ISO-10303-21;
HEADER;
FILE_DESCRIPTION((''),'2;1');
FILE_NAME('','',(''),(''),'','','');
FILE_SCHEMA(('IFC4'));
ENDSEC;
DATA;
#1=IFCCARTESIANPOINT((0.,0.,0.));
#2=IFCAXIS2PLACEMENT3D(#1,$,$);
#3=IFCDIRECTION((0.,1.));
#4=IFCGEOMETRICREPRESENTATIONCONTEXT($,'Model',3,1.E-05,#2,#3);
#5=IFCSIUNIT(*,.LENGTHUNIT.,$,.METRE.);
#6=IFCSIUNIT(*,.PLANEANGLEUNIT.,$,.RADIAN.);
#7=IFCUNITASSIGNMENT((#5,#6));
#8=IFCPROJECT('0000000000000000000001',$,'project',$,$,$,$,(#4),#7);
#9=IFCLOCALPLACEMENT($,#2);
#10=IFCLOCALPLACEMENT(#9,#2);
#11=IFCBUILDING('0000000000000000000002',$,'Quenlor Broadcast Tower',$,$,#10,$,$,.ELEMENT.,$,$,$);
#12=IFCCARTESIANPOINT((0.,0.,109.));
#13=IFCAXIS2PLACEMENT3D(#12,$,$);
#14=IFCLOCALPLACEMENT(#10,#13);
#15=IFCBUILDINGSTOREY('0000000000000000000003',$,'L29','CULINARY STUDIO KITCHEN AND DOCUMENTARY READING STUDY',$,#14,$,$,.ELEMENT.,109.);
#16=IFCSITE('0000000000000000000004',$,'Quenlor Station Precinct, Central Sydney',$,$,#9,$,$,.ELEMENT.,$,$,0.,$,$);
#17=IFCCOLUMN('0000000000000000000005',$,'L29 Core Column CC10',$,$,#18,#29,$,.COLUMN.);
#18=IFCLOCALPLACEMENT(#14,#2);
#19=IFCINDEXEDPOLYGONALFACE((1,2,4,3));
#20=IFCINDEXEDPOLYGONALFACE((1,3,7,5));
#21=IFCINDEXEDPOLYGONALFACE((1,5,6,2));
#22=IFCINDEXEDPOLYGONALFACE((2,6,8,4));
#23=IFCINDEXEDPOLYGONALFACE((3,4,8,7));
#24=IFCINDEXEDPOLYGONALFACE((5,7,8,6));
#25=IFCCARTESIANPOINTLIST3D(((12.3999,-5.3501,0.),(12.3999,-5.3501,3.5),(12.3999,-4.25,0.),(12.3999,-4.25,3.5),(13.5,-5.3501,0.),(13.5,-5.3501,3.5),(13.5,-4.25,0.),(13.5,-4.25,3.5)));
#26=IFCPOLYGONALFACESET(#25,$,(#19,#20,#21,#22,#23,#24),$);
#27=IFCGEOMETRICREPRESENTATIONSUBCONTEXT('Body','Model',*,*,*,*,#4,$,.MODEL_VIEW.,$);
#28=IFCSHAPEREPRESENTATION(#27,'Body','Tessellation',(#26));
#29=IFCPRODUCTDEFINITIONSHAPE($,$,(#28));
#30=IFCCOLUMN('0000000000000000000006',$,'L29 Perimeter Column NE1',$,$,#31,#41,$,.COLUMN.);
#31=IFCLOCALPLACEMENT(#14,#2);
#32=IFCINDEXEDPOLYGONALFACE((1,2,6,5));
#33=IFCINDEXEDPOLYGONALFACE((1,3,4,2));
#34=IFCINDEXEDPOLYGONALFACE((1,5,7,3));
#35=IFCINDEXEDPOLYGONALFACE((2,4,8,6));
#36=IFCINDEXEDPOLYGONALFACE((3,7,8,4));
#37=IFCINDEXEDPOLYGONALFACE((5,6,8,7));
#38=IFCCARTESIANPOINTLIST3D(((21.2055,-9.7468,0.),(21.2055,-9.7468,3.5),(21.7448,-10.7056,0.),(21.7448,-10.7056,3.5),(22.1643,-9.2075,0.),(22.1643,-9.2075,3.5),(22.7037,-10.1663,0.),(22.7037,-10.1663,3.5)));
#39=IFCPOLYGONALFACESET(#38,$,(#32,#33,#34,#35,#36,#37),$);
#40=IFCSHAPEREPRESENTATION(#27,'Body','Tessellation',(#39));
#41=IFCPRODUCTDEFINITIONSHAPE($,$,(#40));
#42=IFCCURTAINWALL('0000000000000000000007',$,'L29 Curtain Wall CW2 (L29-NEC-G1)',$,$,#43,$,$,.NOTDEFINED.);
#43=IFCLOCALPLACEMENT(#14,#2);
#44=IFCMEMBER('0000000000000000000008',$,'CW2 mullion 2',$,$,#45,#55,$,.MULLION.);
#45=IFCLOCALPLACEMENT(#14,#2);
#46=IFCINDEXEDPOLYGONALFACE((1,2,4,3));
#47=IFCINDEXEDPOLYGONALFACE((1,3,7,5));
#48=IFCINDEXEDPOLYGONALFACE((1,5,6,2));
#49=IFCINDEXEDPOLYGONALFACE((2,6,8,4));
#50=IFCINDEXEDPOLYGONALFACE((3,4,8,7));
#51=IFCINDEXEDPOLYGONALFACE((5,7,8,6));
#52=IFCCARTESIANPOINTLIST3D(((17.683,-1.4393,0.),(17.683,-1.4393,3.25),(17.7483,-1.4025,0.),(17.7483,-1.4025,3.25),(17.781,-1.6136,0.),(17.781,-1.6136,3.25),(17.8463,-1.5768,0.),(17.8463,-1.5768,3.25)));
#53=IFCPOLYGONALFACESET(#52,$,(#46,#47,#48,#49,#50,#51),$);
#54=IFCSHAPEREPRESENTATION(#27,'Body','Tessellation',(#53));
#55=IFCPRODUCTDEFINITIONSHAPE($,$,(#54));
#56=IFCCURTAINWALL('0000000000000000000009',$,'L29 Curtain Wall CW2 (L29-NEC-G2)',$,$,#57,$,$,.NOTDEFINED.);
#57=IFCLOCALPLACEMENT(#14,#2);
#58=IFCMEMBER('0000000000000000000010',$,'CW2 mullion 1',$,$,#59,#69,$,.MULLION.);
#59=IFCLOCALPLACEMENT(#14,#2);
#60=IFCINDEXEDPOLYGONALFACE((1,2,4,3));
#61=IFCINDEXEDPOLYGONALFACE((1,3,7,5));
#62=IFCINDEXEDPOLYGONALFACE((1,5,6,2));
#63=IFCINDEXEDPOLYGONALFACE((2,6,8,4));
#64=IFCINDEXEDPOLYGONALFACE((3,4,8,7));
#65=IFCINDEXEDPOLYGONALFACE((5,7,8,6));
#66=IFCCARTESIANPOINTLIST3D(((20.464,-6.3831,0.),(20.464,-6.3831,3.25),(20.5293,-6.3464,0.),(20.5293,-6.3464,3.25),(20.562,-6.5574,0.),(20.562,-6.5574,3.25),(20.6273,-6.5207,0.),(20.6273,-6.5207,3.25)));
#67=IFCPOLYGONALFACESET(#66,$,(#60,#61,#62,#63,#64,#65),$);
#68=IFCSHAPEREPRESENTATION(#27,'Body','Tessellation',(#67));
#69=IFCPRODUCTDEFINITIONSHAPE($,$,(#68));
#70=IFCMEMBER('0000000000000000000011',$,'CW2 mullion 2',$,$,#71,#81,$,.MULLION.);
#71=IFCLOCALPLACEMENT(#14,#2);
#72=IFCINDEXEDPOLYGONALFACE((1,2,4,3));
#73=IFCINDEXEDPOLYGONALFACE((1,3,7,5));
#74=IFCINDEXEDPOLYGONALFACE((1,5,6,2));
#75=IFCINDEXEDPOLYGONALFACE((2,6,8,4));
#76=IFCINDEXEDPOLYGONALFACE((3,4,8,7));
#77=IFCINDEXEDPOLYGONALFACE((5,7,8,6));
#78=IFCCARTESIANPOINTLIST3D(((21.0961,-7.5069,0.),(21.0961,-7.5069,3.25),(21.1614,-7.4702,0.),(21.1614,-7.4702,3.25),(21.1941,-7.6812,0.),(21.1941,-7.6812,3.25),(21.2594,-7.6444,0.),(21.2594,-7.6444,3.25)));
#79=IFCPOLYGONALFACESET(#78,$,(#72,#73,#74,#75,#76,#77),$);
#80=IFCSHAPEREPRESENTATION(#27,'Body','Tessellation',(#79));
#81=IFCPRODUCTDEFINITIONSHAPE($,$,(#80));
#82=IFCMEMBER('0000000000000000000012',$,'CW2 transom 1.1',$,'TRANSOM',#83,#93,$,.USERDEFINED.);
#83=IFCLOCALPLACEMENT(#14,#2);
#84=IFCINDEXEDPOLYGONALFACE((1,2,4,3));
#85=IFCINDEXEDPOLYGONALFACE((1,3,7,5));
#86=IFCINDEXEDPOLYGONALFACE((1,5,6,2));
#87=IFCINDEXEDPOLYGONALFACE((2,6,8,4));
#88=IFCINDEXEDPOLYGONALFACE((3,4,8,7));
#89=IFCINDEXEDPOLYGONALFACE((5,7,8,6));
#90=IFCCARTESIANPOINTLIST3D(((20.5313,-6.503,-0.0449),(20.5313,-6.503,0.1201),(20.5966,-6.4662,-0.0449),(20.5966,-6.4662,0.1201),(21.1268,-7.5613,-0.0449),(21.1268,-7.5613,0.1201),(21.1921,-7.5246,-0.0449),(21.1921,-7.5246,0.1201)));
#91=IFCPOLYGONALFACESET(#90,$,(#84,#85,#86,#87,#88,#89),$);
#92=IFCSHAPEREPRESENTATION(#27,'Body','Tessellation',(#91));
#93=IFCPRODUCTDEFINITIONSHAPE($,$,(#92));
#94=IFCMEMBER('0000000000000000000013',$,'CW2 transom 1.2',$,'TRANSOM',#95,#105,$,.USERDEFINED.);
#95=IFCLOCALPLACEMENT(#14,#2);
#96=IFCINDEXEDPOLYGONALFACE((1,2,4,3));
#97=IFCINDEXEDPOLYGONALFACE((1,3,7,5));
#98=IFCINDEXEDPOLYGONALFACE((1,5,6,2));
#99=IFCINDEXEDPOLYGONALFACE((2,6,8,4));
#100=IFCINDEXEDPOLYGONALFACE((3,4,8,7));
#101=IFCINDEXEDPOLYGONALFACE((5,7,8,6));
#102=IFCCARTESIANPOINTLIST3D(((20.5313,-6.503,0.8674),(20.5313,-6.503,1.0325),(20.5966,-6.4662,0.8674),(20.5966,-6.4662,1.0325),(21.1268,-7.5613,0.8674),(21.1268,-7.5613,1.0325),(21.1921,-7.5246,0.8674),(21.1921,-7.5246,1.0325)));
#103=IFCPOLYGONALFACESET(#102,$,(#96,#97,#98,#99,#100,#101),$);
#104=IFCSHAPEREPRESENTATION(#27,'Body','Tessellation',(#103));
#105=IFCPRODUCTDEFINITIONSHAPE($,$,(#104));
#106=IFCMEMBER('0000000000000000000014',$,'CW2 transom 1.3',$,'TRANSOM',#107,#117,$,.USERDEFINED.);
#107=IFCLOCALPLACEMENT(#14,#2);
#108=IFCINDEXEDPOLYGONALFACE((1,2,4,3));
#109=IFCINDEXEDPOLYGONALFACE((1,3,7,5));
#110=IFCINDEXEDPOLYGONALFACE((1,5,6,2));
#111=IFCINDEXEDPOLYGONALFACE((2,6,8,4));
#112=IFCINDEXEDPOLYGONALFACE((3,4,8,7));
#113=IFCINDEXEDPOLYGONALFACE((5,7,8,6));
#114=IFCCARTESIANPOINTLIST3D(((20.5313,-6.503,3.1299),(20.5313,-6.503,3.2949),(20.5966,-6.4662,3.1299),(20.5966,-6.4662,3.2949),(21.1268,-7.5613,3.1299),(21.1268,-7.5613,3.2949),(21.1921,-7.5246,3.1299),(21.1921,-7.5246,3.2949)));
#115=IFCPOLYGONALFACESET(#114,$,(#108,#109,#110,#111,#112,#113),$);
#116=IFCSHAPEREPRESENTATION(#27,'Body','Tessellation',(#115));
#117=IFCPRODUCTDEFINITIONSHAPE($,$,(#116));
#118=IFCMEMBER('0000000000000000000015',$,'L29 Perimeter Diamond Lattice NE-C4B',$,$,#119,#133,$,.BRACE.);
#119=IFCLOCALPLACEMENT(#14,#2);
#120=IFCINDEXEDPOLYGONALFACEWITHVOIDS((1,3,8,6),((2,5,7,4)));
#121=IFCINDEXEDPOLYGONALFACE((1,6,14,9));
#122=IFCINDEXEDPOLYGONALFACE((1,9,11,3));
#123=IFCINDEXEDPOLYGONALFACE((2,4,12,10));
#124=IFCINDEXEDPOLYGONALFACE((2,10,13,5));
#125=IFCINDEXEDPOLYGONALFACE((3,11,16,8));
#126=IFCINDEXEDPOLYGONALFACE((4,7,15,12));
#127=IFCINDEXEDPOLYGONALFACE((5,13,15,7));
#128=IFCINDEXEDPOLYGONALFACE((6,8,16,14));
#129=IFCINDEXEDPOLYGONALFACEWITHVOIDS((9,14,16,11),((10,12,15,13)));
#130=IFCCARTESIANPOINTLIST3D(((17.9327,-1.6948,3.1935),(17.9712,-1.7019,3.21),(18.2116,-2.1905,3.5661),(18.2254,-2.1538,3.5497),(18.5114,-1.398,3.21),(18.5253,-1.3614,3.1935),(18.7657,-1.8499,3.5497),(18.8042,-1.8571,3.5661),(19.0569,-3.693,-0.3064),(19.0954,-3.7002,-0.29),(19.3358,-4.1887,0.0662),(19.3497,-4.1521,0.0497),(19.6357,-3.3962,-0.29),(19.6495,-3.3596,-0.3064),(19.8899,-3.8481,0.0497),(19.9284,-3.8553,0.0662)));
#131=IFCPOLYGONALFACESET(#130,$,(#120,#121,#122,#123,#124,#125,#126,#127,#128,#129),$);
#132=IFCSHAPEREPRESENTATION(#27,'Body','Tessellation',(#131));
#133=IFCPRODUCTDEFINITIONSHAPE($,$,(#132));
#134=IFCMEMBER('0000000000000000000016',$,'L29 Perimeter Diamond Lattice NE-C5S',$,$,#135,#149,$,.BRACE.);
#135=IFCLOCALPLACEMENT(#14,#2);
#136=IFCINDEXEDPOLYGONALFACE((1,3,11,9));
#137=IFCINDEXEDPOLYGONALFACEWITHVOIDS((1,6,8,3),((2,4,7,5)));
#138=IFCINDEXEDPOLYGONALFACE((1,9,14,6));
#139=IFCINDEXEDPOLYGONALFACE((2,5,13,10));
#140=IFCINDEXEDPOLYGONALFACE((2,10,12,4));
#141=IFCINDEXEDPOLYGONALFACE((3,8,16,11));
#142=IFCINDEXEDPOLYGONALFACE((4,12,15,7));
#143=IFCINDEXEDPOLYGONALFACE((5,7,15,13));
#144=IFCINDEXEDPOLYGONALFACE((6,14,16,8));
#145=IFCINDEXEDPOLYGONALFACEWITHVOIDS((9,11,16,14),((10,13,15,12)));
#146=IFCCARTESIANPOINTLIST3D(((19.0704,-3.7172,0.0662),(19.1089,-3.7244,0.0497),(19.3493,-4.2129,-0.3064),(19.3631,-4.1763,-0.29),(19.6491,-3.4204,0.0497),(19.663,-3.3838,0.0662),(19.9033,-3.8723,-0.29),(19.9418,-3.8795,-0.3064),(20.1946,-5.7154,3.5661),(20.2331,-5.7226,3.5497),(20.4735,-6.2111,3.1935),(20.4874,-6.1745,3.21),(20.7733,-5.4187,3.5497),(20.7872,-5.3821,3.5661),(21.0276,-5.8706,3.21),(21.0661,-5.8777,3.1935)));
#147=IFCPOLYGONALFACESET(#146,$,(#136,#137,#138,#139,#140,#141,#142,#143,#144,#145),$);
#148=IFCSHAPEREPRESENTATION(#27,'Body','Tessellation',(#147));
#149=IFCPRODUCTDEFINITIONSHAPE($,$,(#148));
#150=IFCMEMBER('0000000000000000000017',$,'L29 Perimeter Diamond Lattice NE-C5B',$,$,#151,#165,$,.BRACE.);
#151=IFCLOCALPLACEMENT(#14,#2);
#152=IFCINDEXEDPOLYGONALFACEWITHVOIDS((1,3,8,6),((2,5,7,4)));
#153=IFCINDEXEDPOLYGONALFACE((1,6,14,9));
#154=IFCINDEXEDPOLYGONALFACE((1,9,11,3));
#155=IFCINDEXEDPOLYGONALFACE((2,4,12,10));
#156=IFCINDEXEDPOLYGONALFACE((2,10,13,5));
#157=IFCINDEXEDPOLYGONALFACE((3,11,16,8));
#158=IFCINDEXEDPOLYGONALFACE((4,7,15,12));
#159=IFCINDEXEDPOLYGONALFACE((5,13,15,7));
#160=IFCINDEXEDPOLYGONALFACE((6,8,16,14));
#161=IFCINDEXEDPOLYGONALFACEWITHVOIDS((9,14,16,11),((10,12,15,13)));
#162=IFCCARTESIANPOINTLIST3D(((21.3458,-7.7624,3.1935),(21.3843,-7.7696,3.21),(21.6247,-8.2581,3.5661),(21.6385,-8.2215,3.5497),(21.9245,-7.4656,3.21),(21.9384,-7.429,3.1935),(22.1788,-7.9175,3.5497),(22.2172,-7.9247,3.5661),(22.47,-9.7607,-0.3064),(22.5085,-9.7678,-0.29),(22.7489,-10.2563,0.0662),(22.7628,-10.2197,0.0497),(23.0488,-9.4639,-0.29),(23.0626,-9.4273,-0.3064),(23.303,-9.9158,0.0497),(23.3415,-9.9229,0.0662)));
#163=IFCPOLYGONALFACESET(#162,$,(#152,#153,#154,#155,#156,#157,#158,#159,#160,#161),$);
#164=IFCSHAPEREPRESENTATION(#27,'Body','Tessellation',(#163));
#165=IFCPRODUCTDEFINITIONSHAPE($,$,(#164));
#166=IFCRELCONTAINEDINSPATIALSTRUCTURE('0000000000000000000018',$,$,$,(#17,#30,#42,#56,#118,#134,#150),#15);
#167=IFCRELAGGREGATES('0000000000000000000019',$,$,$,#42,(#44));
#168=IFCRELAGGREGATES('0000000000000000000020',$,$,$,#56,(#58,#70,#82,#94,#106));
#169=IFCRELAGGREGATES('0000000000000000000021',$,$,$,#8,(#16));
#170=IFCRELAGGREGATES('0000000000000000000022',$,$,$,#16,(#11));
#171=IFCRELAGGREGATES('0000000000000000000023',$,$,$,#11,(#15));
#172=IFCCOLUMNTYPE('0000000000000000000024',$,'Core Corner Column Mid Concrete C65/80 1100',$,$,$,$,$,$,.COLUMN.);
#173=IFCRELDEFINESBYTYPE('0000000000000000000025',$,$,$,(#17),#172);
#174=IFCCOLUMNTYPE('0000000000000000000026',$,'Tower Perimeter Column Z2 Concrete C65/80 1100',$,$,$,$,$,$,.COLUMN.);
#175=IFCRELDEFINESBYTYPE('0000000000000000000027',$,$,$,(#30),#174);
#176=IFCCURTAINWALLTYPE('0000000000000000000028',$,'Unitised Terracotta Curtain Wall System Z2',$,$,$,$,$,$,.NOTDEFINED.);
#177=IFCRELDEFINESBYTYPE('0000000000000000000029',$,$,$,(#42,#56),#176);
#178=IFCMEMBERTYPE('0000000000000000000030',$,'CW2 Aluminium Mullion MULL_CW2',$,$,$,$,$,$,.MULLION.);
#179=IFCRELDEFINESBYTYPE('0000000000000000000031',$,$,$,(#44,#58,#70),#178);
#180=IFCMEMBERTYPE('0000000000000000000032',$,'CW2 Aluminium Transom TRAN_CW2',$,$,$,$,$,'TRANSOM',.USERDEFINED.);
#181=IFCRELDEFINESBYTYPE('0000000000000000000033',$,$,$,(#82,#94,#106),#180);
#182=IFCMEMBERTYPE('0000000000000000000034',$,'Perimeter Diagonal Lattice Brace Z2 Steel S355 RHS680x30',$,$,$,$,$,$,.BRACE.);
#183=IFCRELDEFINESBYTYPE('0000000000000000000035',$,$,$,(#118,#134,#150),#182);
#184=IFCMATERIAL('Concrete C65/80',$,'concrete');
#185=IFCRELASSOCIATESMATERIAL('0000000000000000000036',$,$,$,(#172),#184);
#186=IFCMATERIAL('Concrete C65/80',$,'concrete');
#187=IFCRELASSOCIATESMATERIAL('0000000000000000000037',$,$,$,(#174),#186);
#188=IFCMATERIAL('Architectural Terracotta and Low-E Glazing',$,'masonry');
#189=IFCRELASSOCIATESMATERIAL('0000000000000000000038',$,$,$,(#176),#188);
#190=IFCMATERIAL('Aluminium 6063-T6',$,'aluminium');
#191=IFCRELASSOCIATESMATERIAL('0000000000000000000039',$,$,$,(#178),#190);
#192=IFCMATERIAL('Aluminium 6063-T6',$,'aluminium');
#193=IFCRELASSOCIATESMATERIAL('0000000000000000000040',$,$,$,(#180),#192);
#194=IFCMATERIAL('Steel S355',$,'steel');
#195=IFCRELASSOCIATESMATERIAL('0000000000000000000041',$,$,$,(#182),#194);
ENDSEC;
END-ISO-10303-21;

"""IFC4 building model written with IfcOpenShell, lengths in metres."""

from ifc_helpers import new_model, si_unit, direction, frame, origin, origin_2d, place, context, subcontext, project, spatial, rectangle, hollow_rectangle, extrude, material, material_profile, profile_set, type_object, element, aggregate, save


model = new_model("IFC4")

# Units and contexts
model_context = context("Model", 3, precision=1e-05, world=origin(), true_north=direction((0.0, 1.0)))
body_context = subcontext(model_context, "Body", "Model", "MODEL_VIEW")
ifc_project = project(units=[si_unit("LENGTHUNIT", "METRE"), si_unit("PLANEANGLEUNIT", "RADIAN")], contexts=[model_context])

# Site, building, storey
site_placement = place(None, origin())
site = spatial("IfcSite", under=ifc_project, at=site_placement, Name="Quenlor Station Precinct, Central Sydney", CompositionType="ELEMENT", RefElevation=0.0)
building_placement = place(site_placement, origin())
building = spatial("IfcBuilding", under=site, at=building_placement, Name="Quenlor Broadcast Tower", CompositionType="ELEMENT")
storey_placement = place(building_placement, frame((0.0, 0.0, 109.0)))
storey = spatial("IfcBuildingStorey", under=building, at=storey_placement, Name="L29", Description="CULINARY STUDIO KITCHEN AND DOCUMENTARY READING STUDY", CompositionType="ELEMENT", Elevation=109.0)

# Columns
ifc_material_1 = material(Name="Concrete C65/80", Category="concrete")
ifc_material_profile_1 = material_profile(ifc_material_1, rectangle(XDim=1.1001, YDim=1.1001, at=origin_2d()))
ifc_profile_set_1 = profile_set([ifc_material_profile_1], Name="Concrete C65/80 RC1100x1100")
column_type_1 = type_object("IfcColumnType", Name="Core Corner Column Mid Concrete C65/80 1100", PredefinedType="COLUMN", material=ifc_profile_set_1)
column_1_placement = place(storey_placement, frame((12.95, -4.8, 0.0), z_axis=(0.0, 0.0, 1.0), x_axis=(1.0, 0.0, 0.0)))
element("IfcColumn", 1, at=column_1_placement, inside=storey, type_object=column_type_1, Name="L29 Core Column CC10", PredefinedType="COLUMN", context=body_context, shape_type="SweptSolid", body=[
    extrude(rectangle(XDim=1.1001, YDim=1.1001, at=origin_2d()), origin(), (0.0, 0.0, 1.0), 3.5),
])
ifc_material_2 = material(Name="Concrete C65/80", Category="concrete")
ifc_material_profile_2 = material_profile(ifc_material_2, rectangle(XDim=1.1001, YDim=1.1001, at=origin_2d()))
ifc_profile_set_2 = profile_set([ifc_material_profile_2], Name="Concrete C65/80 RC1100x1100")
column_type_2 = type_object("IfcColumnType", Name="Tower Perimeter Column Z2 Concrete C65/80 1100", PredefinedType="COLUMN", material=ifc_profile_set_2)
column_2_placement = place(storey_placement, frame((21.9546, -9.9565, 0.0), z_axis=(0.0, 0.0, 1.0), x_axis=(0.871575, 0.490262, 0.0)))
element("IfcColumn", 2, at=column_2_placement, inside=storey, type_object=column_type_2, Name="L29 Perimeter Column NE1", PredefinedType="COLUMN", context=body_context, shape_type="SweptSolid", body=[
    extrude(rectangle(XDim=1.1001, YDim=1.1001, at=origin_2d()), origin(), (0.0, 0.0, 1.0), 3.5),
])

# Curtain wall, member
ifc_material_3 = material(Name="Architectural Terracotta and Low-E Glazing", Category="masonry")
curtain_wall_type = type_object("IfcCurtainWallType", Name="Unitised Terracotta Curtain Wall System Z2", PredefinedType="NOTDEFINED", material=ifc_material_3)
curtain_wall_1_placement = place(storey_placement, origin())
curtain_wall_1 = element("IfcCurtainWall", 3, at=curtain_wall_1_placement, inside=storey, type_object=curtain_wall_type, Name="L29 Curtain Wall CW2 (L29-NEC-G1)", PredefinedType="NOTDEFINED")
ifc_material_4 = material(Name="Aluminium 6063-T6", Category="aluminium")
ifc_material_profile_3 = material_profile(ifc_material_4, rectangle(XDim=0.075, YDim=0.2, at=origin_2d()))
ifc_profile_set_3 = profile_set([ifc_material_profile_3], Name="Aluminium 6063-T6 MULL75x200")
member_type_1 = type_object("IfcMemberType", Name="CW2 Aluminium Mullion MULL_CW2", PredefinedType="MULLION", material=ifc_profile_set_3)
member_1_placement = place(storey_placement, frame((17.7646, -1.5081, 0.0), z_axis=(0.0, 0.0, 1.0), x_axis=(0.871581, 0.490252, 0.0)))
member_1 = element("IfcMember", 4, at=member_1_placement, type_object=member_type_1, Name="CW2 mullion 2", PredefinedType="MULLION", context=body_context, shape_type="SweptSolid", body=[
    extrude(rectangle(XDim=0.075, YDim=0.2, at=origin_2d()), origin(), (0.0, 0.0, 1.0), 3.25),
])
aggregate(curtain_wall_1, [member_1])

# Curtain wall, members
curtain_wall_2_placement = place(storey_placement, origin())
curtain_wall_2 = element("IfcCurtainWall", 5, at=curtain_wall_2_placement, inside=storey, type_object=curtain_wall_type, Name="L29 Curtain Wall CW2 (L29-NEC-G2)", PredefinedType="NOTDEFINED")
member_2_placement = place(storey_placement, frame((20.5457, -6.4519, 0.0), z_axis=(0.0, 0.0, 1.0), x_axis=(0.871566, 0.490279, 0.0)))
member_2 = element("IfcMember", 6, at=member_2_placement, type_object=member_type_1, Name="CW2 mullion 1", PredefinedType="MULLION", context=body_context, shape_type="SweptSolid", body=[
    extrude(rectangle(XDim=0.075, YDim=0.2, at=origin_2d()), origin(), (0.0, 0.0, 1.0), 3.25),
])
member_3_placement = place(storey_placement, frame((21.1777, -7.5757, 0.0), z_axis=(0.0, 0.0, 1.0), x_axis=(0.871566, 0.490279, 0.0)))
member_3 = element("IfcMember", 7, at=member_3_placement, type_object=member_type_1, Name="CW2 mullion 2", PredefinedType="MULLION", context=body_context, shape_type="SweptSolid", body=[
    extrude(rectangle(XDim=0.075, YDim=0.2, at=origin_2d()), origin(), (0.0, 0.0, 1.0), 3.25),
])
ifc_material_5 = material(Name="Aluminium 6063-T6", Category="aluminium")
ifc_material_profile_4 = material_profile(ifc_material_5, rectangle(XDim=0.075, YDim=0.165, at=origin_2d()))
ifc_profile_set_4 = profile_set([ifc_material_profile_4], Name="Aluminium 6063-T6 TRAN75x165")
member_type_2 = type_object("IfcMemberType", Name="CW2 Aluminium Transom TRAN_CW2", ElementType="TRANSOM", PredefinedType="USERDEFINED", material=ifc_profile_set_4)
member_4_placement = place(storey_placement, frame((20.564, -6.4846, 0.0376), z_axis=(0.490347, -0.871527, 0.0), x_axis=(0.871527, 0.490347, 0.0)))
member_4 = element("IfcMember", 8, at=member_4_placement, type_object=member_type_2, Name="CW2 transom 1.1", ObjectType="TRANSOM", PredefinedType="USERDEFINED", context=body_context, shape_type="SweptSolid", body=[
    extrude(rectangle(XDim=0.075, YDim=0.165, at=origin_2d()), origin(), (0.0, 0.0, 1.0), 1.2144),
])
member_5_placement = place(storey_placement, frame((20.564, -6.4846, 0.95), z_axis=(0.490347, -0.871527, 0.0), x_axis=(0.871527, 0.490347, 0.0)))
member_5 = element("IfcMember", 9, at=member_5_placement, type_object=member_type_2, Name="CW2 transom 1.2", ObjectType="TRANSOM", PredefinedType="USERDEFINED", context=body_context, shape_type="SweptSolid", body=[
    extrude(rectangle(XDim=0.075, YDim=0.165, at=origin_2d()), origin(), (0.0, 0.0, 1.0), 1.2144),
])
member_6_placement = place(storey_placement, frame((20.564, -6.4846, 3.2124), z_axis=(0.490347, -0.871527, 0.0), x_axis=(0.871527, 0.490347, 0.0)))
member_6 = element("IfcMember", 10, at=member_6_placement, type_object=member_type_2, Name="CW2 transom 1.3", ObjectType="TRANSOM", PredefinedType="USERDEFINED", context=body_context, shape_type="SweptSolid", body=[
    extrude(rectangle(XDim=0.075, YDim=0.165, at=origin_2d()), origin(), (0.0, 0.0, 1.0), 1.2144),
])

# Members
ifc_material_6 = material(Name="Steel S355", Category="steel")
ifc_material_profile_5 = material_profile(ifc_material_6, hollow_rectangle(XDim=0.6799, YDim=0.6799, WallThickness=0.03, at=origin_2d()))
ifc_profile_set_5 = profile_set([ifc_material_profile_5], Name="Steel S355 RHS680x680x30")
member_type_3 = type_object("IfcMemberType", Name="Perimeter Diagonal Lattice Brace Z2 Steel S355 RHS680x30", PredefinedType="BRACE", material=ifc_profile_set_5)
for number, where, z_axis, x_axis, name in (
    (11, (19.4927, -3.7742, -0.1201), (-0.268697, 0.477585, 0.836489), (-0.871533, -0.490337, 0.0), "L29 Perimeter Diamond Lattice NE-C4B"),
    (12, (19.5061, -3.7983, -0.1201), (0.268697, -0.477585, 0.836489), (0.871533, 0.490337, 0.0), "L29 Perimeter Diamond Lattice NE-C5S"),
    (13, (22.9058, -9.8418, -0.1201), (-0.268697, 0.477585, 0.836489), (-0.871533, -0.490337, 0.0), "L29 Perimeter Diamond Lattice NE-C5B"),
):
    element("IfcMember", number, at=place(storey_placement, frame(where, z_axis=z_axis, x_axis=x_axis)), inside=storey, type_object=member_type_3, Name=name, PredefinedType="BRACE", context=body_context, shape_type="SweptSolid", body=[
        extrude(hollow_rectangle(XDim=0.6799, YDim=0.6799, WallThickness=0.03, at=origin_2d()), origin(), (0.0, 0.0, 1.0), 4.1841),
    ])

aggregate(curtain_wall_2, [member_2, member_3, member_4, member_5, member_6])

save(model, "model.ifc")
